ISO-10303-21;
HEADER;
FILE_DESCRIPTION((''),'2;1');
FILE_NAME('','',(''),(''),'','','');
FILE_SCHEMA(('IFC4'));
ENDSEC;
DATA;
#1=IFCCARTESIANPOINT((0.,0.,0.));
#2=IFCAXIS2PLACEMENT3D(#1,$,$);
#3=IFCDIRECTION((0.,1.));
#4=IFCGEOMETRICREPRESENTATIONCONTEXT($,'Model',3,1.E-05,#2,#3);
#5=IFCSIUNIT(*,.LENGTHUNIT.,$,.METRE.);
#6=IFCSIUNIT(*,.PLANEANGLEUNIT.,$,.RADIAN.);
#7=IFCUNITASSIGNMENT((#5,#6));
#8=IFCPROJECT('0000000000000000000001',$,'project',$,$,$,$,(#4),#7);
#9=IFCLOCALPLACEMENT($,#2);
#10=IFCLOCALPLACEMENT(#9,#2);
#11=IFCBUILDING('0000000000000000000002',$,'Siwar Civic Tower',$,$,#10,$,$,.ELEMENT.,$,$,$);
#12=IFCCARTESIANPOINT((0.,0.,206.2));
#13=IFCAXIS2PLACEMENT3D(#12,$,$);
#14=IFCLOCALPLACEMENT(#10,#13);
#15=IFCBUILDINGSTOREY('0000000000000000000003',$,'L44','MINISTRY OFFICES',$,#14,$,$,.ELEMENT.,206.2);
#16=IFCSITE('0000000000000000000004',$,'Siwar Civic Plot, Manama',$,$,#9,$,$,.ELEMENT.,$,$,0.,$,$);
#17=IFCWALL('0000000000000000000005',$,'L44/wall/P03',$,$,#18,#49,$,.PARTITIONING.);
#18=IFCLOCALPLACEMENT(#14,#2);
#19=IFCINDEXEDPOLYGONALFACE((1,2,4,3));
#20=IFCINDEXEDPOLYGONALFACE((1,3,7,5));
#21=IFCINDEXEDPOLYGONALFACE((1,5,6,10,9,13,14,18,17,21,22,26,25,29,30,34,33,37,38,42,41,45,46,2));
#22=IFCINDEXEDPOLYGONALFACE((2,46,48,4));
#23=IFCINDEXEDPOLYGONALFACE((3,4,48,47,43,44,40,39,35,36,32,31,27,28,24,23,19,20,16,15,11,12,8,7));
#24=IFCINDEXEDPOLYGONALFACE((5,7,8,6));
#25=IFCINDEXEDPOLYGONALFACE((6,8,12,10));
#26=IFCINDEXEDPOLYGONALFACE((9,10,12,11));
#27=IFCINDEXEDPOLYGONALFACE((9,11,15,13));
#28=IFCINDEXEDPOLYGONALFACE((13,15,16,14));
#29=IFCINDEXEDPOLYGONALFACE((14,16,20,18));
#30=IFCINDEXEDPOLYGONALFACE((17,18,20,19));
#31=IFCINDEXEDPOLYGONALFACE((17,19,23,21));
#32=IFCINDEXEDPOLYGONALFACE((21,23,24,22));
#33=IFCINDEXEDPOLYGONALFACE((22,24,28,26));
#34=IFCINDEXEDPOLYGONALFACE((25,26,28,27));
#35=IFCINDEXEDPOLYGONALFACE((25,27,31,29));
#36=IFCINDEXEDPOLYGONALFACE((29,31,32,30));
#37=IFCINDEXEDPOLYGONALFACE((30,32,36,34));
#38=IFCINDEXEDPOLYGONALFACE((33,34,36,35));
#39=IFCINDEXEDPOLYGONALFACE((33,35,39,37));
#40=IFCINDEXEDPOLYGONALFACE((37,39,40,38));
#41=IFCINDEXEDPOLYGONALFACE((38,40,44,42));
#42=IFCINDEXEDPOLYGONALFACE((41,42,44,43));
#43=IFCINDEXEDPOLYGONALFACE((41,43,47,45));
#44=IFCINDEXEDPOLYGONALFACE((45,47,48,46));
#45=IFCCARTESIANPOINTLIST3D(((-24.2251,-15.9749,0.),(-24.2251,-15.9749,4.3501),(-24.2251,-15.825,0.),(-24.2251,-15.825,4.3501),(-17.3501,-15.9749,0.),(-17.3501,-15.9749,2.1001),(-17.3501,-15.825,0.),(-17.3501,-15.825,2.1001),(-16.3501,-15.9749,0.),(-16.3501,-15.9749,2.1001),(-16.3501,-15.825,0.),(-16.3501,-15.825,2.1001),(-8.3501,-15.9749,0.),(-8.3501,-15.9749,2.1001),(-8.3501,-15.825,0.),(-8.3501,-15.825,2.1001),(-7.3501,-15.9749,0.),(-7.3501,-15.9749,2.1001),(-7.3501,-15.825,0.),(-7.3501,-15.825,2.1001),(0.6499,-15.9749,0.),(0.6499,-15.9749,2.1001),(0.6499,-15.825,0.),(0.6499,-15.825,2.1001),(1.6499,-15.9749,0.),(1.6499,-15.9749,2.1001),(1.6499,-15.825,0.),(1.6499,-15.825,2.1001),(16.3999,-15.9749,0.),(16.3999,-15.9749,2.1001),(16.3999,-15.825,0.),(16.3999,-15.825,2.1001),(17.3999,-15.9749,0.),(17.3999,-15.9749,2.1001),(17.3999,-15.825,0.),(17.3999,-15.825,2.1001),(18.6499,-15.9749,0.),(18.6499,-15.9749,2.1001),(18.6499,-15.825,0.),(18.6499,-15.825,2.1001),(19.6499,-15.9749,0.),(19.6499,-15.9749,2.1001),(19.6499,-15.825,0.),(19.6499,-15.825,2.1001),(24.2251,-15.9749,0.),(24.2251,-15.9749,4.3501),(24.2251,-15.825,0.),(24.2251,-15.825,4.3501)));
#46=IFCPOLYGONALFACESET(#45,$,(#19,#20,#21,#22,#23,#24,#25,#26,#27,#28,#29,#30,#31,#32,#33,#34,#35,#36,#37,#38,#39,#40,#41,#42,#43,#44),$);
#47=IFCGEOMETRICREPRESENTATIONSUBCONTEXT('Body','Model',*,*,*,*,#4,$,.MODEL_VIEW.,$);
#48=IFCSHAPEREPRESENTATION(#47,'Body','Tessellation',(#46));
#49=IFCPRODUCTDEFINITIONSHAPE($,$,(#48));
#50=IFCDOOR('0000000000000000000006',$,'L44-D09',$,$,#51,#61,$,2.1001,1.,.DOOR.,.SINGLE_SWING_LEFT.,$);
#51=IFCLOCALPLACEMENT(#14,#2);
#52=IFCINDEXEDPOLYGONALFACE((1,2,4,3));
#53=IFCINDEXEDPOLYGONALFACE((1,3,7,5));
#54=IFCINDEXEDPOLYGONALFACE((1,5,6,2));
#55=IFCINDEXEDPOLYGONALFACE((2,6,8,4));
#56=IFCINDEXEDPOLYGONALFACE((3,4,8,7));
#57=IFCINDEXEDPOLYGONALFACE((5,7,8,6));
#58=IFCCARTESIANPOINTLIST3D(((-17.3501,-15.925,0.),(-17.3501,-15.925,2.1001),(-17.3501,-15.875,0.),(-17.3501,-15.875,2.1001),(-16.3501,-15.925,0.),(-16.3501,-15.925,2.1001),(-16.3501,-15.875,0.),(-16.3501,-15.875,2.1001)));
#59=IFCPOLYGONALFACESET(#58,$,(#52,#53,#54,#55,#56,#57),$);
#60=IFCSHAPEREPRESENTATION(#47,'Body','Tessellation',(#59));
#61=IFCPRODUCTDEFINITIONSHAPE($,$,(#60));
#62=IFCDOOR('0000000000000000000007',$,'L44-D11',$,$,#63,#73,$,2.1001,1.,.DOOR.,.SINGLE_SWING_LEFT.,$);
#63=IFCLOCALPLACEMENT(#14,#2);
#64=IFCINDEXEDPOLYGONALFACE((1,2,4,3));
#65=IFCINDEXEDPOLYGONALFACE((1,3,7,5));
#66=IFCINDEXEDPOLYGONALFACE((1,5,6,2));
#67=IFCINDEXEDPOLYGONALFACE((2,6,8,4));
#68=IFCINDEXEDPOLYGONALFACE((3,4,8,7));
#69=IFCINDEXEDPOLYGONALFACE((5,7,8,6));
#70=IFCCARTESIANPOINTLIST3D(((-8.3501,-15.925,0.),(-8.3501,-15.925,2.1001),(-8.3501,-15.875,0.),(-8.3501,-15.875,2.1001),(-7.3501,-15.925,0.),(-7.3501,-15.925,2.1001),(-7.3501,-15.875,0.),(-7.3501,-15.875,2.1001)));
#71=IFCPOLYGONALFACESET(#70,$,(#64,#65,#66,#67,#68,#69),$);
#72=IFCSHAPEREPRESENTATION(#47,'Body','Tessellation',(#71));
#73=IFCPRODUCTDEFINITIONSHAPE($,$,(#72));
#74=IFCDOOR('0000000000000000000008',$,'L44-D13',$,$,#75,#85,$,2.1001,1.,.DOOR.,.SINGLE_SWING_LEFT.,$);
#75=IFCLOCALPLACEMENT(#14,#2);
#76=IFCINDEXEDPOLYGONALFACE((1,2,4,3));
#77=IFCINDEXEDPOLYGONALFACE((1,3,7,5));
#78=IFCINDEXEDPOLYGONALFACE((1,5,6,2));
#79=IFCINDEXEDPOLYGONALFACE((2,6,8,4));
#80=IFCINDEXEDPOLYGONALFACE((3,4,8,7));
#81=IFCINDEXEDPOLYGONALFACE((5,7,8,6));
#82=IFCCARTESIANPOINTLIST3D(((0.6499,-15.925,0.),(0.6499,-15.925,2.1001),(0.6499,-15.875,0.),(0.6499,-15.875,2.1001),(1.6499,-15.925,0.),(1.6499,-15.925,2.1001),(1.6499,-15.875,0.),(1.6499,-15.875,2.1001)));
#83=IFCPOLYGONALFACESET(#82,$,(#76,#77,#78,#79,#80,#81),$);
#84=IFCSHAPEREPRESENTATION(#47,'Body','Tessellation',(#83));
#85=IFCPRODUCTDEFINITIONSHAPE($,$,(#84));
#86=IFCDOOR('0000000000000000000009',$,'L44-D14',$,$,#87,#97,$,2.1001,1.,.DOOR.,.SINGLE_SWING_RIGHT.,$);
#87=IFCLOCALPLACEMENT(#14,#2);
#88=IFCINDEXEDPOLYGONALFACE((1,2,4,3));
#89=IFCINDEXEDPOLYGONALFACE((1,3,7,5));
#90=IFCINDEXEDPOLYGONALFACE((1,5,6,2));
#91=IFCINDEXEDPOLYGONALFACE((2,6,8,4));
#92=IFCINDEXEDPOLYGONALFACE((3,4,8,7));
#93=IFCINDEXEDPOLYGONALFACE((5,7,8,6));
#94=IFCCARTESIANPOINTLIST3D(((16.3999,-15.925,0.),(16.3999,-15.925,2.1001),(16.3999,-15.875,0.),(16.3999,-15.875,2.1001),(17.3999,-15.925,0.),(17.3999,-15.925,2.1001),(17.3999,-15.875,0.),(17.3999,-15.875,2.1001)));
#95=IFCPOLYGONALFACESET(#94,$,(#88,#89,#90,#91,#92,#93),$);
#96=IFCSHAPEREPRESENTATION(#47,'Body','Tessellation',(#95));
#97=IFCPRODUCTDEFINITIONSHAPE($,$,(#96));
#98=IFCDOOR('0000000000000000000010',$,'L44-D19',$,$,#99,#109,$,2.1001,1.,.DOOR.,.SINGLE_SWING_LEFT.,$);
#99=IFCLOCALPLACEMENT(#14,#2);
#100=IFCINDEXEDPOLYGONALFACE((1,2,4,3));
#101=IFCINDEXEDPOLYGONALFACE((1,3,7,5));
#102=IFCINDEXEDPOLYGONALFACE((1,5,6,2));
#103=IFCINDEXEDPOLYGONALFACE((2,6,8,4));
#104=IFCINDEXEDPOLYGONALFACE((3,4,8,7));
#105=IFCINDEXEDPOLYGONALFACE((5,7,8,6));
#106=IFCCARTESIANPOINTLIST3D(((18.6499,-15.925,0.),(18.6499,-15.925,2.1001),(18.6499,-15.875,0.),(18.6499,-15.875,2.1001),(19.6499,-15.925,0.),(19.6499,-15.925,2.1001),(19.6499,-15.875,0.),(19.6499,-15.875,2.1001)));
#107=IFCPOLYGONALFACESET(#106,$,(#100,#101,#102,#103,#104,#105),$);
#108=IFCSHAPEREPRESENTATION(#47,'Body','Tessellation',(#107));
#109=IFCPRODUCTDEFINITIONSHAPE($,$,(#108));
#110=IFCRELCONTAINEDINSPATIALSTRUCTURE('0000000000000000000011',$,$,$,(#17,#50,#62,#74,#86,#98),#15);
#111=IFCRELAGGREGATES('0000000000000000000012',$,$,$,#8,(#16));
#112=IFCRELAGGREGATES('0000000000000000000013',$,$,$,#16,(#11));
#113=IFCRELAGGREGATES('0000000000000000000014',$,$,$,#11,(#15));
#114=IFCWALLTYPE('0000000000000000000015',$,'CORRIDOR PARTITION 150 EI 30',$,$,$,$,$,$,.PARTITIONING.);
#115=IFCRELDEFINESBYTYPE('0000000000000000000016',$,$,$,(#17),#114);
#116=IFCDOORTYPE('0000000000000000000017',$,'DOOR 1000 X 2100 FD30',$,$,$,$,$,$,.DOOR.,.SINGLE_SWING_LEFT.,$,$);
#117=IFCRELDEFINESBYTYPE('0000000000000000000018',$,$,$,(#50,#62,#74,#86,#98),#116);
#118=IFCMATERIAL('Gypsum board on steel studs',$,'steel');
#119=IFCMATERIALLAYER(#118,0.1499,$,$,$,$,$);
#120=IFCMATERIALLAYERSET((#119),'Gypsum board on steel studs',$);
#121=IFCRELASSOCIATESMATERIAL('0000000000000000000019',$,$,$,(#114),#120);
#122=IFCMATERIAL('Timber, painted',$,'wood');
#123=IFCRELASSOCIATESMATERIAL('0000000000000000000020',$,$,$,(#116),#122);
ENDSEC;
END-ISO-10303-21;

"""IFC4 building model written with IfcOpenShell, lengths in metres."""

from ifc_helpers import new_model, si_unit, direction, frame, frame_2d, origin, place, context, subcontext, project, spatial, rectangle, extrude, material, layer, layer_set, type_object, element, fill, save


model = new_model("IFC4")

# Units and contexts
model_context = context("Model", 3, precision=1e-05, world=origin(), true_north=direction((0.0, 1.0)))
body_context = subcontext(model_context, "Body", "Model", "MODEL_VIEW")
ifc_project = project(units=[si_unit("LENGTHUNIT", "METRE"), si_unit("PLANEANGLEUNIT", "RADIAN")], contexts=[model_context])

# Site, building, storey
site_placement = place(None, origin())
site = spatial("IfcSite", under=ifc_project, at=site_placement, Name="Siwar Civic Plot, Manama", CompositionType="ELEMENT", RefElevation=0.0)
building_placement = place(site_placement, origin())
building = spatial("IfcBuilding", under=site, at=building_placement, Name="Siwar Civic Tower", CompositionType="ELEMENT")
storey_placement = place(building_placement, frame((0.0, 0.0, 206.2)))
storey = spatial("IfcBuildingStorey", under=building, at=storey_placement, Name="L44", Description="MINISTRY OFFICES", CompositionType="ELEMENT", Elevation=206.2)

# Wall, openings, doors
ifc_material_1 = material(Name="Gypsum board on steel studs", Category="steel")
ifc_layer_1 = layer(ifc_material_1, 0.1499)
ifc_layer_set_1 = layer_set([ifc_layer_1], Name="Gypsum board on steel studs")
wall_type_1 = type_object("IfcWallType", Name="CORRIDOR PARTITION 150 EI 30", PredefinedType="PARTITIONING", material=ifc_layer_set_1)
wall_1_placement = place(storey_placement, frame((-24.2251, -15.8999, 0.0), z_axis=(0.0, 0.0, 1.0), x_axis=(1.0, 0.0, 0.0)))
wall_1 = element("IfcWall", 1, at=wall_1_placement, inside=storey, type_object=wall_type_1, Name="L44/wall/P03", PredefinedType="PARTITIONING", context=body_context, shape_type="SweptSolid", body=[
    extrude(rectangle(XDim=48.4502, YDim=0.1499, at=frame_2d((24.2251, 0.0))), origin(), (0.0, 0.0, 1.0), 4.3501),
])
opening_1_placement = place(wall_1_placement, frame((6.875, 0.0, 0.0)))
opening_1 = element("IfcOpeningElement", 2, at=opening_1_placement, cuts=wall_1, PredefinedType="OPENING", context=body_context, shape_type="SweptSolid", body=[
    extrude(rectangle(XDim=1.0, YDim=2.1001, at=frame_2d((0.5, 1.05))), frame((0.0, 0.085, 0.0), z_axis=(0.0, -1.0, 0.0), x_axis=(1.0, 0.0, 0.0)), (0.0, 0.0, 1.0), 0.1699),
])
opening_2_placement = place(wall_1_placement, frame((15.875, 0.0, 0.0)))
opening_2 = element("IfcOpeningElement", 3, at=opening_2_placement, cuts=wall_1, PredefinedType="OPENING", context=body_context, shape_type="SweptSolid", body=[
    extrude(rectangle(XDim=1.0, YDim=2.1001, at=frame_2d((0.5, 1.05))), frame((0.0, 0.085, 0.0), z_axis=(0.0, -1.0, 0.0), x_axis=(1.0, 0.0, 0.0)), (0.0, 0.0, 1.0), 0.1699),
])
opening_3_placement = place(wall_1_placement, frame((24.875, 0.0, 0.0)))
opening_3 = element("IfcOpeningElement", 4, at=opening_3_placement, cuts=wall_1, PredefinedType="OPENING", context=body_context, shape_type="SweptSolid", body=[
    extrude(rectangle(XDim=1.0, YDim=2.1001, at=frame_2d((0.5, 1.05))), frame((0.0, 0.085, 0.0), z_axis=(0.0, -1.0, 0.0), x_axis=(1.0, 0.0, 0.0)), (0.0, 0.0, 1.0), 0.1699),
])
opening_4_placement = place(wall_1_placement, frame((40.625, 0.0, 0.0)))
opening_4 = element("IfcOpeningElement", 5, at=opening_4_placement, cuts=wall_1, PredefinedType="OPENING", context=body_context, shape_type="SweptSolid", body=[
    extrude(rectangle(XDim=1.0, YDim=2.1001, at=frame_2d((0.5, 1.05))), frame((0.0, 0.085, 0.0), z_axis=(0.0, -1.0, 0.0), x_axis=(1.0, 0.0, 0.0)), (0.0, 0.0, 1.0), 0.1699),
])
opening_5_placement = place(wall_1_placement, frame((42.875, 0.0, 0.0)))
opening_5 = element("IfcOpeningElement", 6, at=opening_5_placement, cuts=wall_1, PredefinedType="OPENING", context=body_context, shape_type="SweptSolid", body=[
    extrude(rectangle(XDim=1.0, YDim=2.1001, at=frame_2d((0.5, 1.05))), frame((0.0, 0.085, 0.0), z_axis=(0.0, -1.0, 0.0), x_axis=(1.0, 0.0, 0.0)), (0.0, 0.0, 1.0), 0.1699),
])
ifc_material_2 = material(Name="Timber, painted", Category="wood")
door_type_1 = type_object("IfcDoorType", Name="DOOR 1000 X 2100 FD30", OperationType="SINGLE_SWING_LEFT", PredefinedType="DOOR", material=ifc_material_2)
door_1_placement = place(opening_1_placement, origin())
door_1 = element("IfcDoor", 7, at=door_1_placement, inside=storey, type_object=door_type_1, Name="L44-D09", OperationType="SINGLE_SWING_LEFT", OverallHeight=2.1001, OverallWidth=1.0, PredefinedType="DOOR", context=body_context, shape_type="SweptSolid", body=[
    extrude(rectangle(XDim=1.0, YDim=2.1001, at=frame_2d((0.5, 1.05))), frame((0.0, 0.0249, 0.0), z_axis=(0.0, -1.0, 0.0), x_axis=(1.0, 0.0, 0.0)), (0.0, 0.0, 1.0), 0.05),
])
fill(opening_1, door_1)
door_2_placement = place(opening_2_placement, origin())
door_2 = element("IfcDoor", 8, at=door_2_placement, inside=storey, type_object=door_type_1, Name="L44-D11", OperationType="SINGLE_SWING_LEFT", OverallHeight=2.1001, OverallWidth=1.0, PredefinedType="DOOR", context=body_context, shape_type="SweptSolid", body=[
    extrude(rectangle(XDim=1.0, YDim=2.1001, at=frame_2d((0.5, 1.05))), frame((0.0, 0.0249, 0.0), z_axis=(0.0, -1.0, 0.0), x_axis=(1.0, 0.0, 0.0)), (0.0, 0.0, 1.0), 0.05),
])
fill(opening_2, door_2)
door_3_placement = place(opening_3_placement, origin())
door_3 = element("IfcDoor", 9, at=door_3_placement, inside=storey, type_object=door_type_1, Name="L44-D13", OperationType="SINGLE_SWING_LEFT", OverallHeight=2.1001, OverallWidth=1.0, PredefinedType="DOOR", context=body_context, shape_type="SweptSolid", body=[
    extrude(rectangle(XDim=1.0, YDim=2.1001, at=frame_2d((0.5, 1.05))), frame((0.0, 0.0249, 0.0), z_axis=(0.0, -1.0, 0.0), x_axis=(1.0, 0.0, 0.0)), (0.0, 0.0, 1.0), 0.05),
])
fill(opening_3, door_3)
door_4_placement = place(opening_4_placement, origin())
door_4 = element("IfcDoor", 10, at=door_4_placement, inside=storey, type_object=door_type_1, Name="L44-D14", OperationType="SINGLE_SWING_RIGHT", OverallHeight=2.1001, OverallWidth=1.0, PredefinedType="DOOR", context=body_context, shape_type="SweptSolid", body=[
    extrude(rectangle(XDim=1.0, YDim=2.1001, at=frame_2d((0.5, 1.05))), frame((0.0, 0.0249, 0.0), z_axis=(0.0, -1.0, 0.0), x_axis=(1.0, 0.0, 0.0)), (0.0, 0.0, 1.0), 0.05),
])
fill(opening_4, door_4)
door_5_placement = place(opening_5_placement, origin())
door_5 = element("IfcDoor", 11, at=door_5_placement, inside=storey, type_object=door_type_1, Name="L44-D19", OperationType="SINGLE_SWING_LEFT", OverallHeight=2.1001, OverallWidth=1.0, PredefinedType="DOOR", context=body_context, shape_type="SweptSolid", body=[
    extrude(rectangle(XDim=1.0, YDim=2.1001, at=frame_2d((0.5, 1.05))), frame((0.0, 0.0249, 0.0), z_axis=(0.0, -1.0, 0.0), x_axis=(1.0, 0.0, 0.0)), (0.0, 0.0, 1.0), 0.05),
])
fill(opening_5, door_5)

save(model, "model.ifc")
